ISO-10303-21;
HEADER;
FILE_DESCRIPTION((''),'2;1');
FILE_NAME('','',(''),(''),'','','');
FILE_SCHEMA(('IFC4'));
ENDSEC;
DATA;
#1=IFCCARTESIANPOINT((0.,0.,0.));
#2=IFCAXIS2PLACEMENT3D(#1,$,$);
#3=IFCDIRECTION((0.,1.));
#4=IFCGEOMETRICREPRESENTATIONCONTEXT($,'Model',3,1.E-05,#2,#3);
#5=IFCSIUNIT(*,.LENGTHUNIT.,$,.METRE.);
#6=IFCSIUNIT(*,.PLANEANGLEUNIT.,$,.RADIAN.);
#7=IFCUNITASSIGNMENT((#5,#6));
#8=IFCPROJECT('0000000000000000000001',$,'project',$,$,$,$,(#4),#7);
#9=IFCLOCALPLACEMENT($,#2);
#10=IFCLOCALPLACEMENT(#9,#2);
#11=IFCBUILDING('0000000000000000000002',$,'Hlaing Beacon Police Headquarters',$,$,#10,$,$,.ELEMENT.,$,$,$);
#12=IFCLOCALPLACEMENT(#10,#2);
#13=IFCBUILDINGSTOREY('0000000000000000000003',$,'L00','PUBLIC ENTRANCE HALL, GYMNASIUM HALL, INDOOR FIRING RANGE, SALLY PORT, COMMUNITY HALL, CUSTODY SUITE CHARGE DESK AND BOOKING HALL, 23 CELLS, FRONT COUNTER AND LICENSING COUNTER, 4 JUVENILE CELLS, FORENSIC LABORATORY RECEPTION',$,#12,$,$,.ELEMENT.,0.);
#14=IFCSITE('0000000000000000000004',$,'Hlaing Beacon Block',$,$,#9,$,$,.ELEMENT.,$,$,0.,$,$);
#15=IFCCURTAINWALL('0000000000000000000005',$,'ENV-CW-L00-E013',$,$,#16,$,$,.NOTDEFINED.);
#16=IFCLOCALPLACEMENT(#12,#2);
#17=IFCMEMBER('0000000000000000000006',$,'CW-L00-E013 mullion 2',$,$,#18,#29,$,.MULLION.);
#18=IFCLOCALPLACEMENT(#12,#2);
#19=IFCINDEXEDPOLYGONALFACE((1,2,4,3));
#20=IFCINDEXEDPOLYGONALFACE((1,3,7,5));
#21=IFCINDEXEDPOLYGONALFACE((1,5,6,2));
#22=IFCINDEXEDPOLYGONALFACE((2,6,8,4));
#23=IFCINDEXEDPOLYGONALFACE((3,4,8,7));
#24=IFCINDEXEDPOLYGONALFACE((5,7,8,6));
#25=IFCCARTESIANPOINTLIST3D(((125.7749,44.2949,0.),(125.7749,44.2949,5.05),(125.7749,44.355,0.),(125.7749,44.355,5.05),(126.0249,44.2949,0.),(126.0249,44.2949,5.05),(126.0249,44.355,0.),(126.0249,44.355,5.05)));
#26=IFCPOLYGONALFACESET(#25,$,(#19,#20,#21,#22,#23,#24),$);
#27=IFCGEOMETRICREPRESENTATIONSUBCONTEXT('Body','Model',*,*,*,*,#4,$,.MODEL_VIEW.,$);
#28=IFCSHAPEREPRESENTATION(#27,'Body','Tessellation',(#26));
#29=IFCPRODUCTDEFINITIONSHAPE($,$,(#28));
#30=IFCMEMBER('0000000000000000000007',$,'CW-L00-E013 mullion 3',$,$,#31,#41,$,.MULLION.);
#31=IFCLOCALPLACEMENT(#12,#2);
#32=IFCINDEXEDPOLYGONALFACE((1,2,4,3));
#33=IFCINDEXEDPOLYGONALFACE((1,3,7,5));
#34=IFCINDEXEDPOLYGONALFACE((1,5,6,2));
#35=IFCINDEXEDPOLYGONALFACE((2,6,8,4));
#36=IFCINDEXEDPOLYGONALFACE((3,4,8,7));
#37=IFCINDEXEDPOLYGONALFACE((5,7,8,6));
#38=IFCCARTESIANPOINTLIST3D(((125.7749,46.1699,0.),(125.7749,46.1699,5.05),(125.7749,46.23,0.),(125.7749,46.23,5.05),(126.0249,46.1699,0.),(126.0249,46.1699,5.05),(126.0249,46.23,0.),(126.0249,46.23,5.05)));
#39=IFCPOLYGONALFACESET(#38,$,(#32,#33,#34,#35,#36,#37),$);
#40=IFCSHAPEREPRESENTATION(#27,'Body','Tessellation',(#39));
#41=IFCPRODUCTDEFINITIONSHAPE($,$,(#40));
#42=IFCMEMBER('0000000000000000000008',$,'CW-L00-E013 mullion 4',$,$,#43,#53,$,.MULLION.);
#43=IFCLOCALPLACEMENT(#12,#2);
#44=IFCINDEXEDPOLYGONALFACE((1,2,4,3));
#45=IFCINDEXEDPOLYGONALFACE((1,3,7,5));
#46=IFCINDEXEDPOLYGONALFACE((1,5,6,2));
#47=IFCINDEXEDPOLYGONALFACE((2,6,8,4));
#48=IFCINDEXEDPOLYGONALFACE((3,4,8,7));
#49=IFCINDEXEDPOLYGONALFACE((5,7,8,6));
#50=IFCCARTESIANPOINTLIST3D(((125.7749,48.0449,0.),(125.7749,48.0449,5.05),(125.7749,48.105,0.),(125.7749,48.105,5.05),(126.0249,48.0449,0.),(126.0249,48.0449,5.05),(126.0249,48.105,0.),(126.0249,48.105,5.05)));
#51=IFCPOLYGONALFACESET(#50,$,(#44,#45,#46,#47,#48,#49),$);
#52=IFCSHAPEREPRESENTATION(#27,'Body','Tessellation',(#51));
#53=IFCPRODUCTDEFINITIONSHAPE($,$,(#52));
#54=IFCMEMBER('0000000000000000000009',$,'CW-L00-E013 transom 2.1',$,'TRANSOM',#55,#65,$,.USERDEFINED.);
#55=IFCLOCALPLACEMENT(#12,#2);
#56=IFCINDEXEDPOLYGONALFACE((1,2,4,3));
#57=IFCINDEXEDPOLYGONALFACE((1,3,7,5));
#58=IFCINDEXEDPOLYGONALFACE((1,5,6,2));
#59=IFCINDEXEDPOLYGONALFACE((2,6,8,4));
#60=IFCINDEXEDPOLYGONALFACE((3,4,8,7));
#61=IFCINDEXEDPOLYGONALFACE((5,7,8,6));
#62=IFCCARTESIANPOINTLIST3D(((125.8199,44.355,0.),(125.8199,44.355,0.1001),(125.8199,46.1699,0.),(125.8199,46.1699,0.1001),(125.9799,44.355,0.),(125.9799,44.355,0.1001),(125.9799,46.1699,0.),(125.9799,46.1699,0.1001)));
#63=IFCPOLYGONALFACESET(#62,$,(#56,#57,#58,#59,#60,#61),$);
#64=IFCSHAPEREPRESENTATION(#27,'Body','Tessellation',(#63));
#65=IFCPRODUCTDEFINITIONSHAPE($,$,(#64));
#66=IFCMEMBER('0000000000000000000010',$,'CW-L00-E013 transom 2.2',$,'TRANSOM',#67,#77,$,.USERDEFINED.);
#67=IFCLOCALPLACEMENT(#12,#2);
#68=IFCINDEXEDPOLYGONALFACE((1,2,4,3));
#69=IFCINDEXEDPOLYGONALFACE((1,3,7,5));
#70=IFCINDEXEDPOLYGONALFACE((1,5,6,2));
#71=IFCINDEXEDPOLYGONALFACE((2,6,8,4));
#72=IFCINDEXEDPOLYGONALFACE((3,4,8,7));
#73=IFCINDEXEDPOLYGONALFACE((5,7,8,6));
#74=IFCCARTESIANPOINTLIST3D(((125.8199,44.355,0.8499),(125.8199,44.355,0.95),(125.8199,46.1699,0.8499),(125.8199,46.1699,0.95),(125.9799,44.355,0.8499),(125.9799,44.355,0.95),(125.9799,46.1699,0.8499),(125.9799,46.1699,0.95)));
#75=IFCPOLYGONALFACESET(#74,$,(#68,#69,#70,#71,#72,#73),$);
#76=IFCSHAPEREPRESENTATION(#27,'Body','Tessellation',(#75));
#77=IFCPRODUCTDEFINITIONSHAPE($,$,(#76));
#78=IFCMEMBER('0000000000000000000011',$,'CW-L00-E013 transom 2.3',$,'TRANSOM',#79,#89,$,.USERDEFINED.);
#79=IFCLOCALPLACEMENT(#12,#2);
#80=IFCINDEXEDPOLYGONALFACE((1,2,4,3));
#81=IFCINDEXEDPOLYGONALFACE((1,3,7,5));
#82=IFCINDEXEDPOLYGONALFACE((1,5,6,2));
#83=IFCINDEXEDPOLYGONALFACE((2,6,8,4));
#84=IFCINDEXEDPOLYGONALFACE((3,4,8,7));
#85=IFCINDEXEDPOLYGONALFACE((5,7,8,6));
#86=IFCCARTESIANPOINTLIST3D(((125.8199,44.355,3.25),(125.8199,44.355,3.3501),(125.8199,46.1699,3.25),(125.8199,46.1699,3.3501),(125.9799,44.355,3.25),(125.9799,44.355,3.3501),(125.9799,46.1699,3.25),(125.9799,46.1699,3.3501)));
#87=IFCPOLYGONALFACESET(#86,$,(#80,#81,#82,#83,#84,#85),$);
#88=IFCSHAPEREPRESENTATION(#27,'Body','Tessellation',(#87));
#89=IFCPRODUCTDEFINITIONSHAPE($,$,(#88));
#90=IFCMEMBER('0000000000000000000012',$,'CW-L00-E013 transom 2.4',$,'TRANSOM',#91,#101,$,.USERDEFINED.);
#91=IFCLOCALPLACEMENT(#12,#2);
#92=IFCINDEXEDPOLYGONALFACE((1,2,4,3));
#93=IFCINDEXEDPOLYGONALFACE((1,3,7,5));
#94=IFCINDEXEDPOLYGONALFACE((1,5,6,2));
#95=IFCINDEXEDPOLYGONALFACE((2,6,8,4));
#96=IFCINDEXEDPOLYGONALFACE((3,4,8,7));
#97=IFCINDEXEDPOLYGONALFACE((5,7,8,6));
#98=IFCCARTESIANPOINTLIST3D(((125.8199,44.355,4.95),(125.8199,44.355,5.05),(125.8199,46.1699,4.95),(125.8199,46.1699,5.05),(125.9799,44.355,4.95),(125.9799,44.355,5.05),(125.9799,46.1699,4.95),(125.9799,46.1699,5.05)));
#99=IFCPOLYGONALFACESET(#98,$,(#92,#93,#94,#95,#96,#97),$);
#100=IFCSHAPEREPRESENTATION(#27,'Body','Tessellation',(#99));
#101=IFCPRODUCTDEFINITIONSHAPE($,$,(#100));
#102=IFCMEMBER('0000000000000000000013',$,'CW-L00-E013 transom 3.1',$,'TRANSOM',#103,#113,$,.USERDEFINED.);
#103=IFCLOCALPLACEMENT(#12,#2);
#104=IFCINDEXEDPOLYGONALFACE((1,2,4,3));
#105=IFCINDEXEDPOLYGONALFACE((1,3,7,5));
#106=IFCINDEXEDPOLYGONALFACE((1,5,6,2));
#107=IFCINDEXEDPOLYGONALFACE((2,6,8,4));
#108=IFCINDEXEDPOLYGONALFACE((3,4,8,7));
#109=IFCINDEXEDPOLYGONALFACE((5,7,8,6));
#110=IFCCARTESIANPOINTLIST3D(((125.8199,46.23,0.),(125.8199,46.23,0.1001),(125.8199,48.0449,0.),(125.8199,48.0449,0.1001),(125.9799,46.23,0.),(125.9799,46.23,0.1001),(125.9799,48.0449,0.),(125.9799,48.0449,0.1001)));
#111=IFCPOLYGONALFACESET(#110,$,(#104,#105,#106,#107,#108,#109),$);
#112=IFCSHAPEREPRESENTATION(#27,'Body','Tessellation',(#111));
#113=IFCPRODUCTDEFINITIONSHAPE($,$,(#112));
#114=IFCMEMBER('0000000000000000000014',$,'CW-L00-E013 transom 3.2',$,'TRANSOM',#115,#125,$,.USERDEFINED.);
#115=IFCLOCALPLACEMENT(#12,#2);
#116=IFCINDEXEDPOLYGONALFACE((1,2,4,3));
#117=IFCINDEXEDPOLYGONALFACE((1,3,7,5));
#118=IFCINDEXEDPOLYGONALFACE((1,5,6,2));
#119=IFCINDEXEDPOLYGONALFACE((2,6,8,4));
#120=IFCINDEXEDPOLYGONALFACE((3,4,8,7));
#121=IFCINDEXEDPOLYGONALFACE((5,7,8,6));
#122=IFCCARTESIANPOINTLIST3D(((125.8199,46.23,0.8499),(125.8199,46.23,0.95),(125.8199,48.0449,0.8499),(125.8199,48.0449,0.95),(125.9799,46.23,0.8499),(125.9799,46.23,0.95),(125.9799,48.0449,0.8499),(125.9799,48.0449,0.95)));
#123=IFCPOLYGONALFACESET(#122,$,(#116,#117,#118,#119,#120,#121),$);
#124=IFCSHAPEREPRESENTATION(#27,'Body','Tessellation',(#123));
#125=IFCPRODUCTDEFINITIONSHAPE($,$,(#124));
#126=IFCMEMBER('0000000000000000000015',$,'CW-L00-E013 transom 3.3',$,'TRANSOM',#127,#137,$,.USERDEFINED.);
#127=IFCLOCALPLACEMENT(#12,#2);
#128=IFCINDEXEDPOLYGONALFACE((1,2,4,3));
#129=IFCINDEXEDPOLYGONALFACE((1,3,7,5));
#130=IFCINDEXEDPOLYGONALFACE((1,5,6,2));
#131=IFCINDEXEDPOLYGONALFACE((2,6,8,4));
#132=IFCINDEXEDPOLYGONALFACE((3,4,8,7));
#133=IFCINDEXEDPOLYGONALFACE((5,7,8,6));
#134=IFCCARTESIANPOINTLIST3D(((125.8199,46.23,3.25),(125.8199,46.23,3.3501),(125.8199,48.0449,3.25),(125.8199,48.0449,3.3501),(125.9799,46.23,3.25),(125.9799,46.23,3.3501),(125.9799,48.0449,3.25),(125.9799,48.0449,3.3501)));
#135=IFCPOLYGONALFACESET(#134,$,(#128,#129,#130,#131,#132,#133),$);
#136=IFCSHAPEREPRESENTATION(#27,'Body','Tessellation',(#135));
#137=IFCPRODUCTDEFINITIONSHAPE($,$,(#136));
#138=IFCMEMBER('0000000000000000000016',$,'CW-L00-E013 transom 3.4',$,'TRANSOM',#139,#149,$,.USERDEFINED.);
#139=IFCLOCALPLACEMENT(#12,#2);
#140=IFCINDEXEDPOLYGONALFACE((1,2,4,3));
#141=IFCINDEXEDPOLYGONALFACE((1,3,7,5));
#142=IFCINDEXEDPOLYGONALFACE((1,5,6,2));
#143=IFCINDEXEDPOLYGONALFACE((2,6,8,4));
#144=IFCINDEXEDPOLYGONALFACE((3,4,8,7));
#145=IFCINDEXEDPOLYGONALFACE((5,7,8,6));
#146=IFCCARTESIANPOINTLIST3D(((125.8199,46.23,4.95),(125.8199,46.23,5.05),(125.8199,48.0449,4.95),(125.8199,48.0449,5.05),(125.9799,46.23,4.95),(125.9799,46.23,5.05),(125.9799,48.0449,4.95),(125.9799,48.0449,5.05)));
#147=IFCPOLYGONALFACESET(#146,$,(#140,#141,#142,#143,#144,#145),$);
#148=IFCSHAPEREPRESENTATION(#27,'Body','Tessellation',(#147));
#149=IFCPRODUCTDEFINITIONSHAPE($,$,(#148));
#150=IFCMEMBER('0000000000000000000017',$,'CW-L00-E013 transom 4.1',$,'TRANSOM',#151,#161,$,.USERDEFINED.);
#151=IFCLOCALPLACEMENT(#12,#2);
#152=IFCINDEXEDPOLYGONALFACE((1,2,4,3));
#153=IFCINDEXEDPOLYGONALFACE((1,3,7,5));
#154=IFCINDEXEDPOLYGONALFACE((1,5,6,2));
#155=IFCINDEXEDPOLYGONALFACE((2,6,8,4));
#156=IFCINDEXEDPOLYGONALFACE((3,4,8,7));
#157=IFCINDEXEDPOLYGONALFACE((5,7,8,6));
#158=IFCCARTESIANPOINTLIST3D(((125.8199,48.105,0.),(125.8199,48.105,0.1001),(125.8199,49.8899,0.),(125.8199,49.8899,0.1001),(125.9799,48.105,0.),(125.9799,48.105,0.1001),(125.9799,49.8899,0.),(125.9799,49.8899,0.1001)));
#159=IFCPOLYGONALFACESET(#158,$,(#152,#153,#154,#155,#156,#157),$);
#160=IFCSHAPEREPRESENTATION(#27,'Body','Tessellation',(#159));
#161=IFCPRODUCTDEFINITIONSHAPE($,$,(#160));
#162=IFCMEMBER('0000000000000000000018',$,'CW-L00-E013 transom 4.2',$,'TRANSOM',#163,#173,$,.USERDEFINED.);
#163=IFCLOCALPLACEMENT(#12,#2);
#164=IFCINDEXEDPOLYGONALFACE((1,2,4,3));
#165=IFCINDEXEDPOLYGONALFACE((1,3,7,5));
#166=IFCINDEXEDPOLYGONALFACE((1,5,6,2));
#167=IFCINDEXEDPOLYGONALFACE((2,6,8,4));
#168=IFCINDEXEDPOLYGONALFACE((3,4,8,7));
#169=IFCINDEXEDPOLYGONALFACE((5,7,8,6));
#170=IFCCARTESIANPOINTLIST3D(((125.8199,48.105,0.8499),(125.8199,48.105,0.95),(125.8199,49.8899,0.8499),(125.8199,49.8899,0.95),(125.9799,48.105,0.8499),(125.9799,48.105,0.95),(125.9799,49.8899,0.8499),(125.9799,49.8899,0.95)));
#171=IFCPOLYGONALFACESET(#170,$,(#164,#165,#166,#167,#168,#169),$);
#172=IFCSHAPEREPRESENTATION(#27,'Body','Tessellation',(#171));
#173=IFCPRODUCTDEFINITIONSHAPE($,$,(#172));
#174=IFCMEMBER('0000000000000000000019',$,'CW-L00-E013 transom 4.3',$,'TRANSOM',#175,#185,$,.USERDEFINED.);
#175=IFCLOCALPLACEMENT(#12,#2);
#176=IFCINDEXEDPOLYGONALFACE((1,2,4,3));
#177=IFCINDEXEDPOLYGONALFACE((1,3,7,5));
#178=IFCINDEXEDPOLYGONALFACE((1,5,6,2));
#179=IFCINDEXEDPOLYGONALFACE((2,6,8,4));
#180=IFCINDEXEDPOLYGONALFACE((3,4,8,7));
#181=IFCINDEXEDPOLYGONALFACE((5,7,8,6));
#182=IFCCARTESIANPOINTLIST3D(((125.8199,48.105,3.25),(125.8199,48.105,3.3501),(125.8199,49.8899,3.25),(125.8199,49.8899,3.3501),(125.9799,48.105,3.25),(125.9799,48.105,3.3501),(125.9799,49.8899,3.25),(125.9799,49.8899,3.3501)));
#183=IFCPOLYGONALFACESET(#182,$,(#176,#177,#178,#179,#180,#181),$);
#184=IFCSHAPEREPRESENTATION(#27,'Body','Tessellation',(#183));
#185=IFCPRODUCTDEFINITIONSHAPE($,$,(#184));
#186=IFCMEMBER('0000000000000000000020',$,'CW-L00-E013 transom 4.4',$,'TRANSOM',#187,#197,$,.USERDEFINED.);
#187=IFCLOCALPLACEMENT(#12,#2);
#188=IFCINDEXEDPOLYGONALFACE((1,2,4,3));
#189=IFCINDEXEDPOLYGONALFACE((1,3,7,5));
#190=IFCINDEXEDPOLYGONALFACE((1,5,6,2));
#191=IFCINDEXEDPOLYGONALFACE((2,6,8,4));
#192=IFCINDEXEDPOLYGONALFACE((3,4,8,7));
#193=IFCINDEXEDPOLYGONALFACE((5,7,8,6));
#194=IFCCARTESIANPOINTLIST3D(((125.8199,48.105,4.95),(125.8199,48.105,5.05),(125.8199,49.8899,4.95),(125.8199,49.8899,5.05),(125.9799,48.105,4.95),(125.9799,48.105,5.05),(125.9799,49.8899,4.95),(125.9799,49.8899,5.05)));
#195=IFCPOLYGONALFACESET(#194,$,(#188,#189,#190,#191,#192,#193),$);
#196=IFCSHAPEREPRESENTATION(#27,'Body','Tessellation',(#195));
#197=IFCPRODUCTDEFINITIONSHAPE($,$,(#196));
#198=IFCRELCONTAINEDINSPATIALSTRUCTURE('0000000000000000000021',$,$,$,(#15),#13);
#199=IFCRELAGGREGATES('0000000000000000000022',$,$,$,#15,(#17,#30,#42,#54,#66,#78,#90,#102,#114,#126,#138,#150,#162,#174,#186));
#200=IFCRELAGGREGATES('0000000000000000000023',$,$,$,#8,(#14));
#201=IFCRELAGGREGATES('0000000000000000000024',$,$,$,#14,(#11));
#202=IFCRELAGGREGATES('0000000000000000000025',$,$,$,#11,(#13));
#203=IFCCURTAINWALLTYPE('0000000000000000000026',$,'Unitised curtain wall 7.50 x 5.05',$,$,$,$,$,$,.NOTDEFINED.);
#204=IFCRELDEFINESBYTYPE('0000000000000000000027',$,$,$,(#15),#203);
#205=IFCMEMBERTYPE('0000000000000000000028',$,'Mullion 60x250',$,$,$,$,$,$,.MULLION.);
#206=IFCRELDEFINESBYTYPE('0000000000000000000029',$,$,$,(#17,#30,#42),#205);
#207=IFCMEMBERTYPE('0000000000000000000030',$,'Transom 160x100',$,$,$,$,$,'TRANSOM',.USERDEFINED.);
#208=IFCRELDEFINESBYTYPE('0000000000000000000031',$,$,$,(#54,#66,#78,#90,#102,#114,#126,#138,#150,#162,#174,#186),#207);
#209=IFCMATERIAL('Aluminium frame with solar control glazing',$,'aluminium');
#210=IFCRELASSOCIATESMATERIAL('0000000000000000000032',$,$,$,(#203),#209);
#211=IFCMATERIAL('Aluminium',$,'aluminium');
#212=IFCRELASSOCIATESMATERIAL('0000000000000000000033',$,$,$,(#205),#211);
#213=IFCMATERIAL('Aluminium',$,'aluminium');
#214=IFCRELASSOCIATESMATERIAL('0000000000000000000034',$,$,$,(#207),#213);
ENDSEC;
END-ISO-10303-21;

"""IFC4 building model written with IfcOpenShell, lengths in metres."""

from ifc_helpers import new_model, si_unit, direction, frame, origin, origin_2d, place, context, subcontext, project, spatial, rectangle, extrude, material, material_profile, profile_set, type_object, element, aggregate, save


model = new_model("IFC4")

# Units and contexts
model_context = context("Model", 3, precision=1e-05, world=origin(), true_north=direction((0.0, 1.0)))
body_context = subcontext(model_context, "Body", "Model", "MODEL_VIEW")
ifc_project = project(units=[si_unit("LENGTHUNIT", "METRE"), si_unit("PLANEANGLEUNIT", "RADIAN")], contexts=[model_context])

# Site, building, storey
site_placement = place(None, origin())
site = spatial("IfcSite", under=ifc_project, at=site_placement, Name="Hlaing Beacon Block", CompositionType="ELEMENT", RefElevation=0.0)
building_placement = place(site_placement, origin())
building = spatial("IfcBuilding", under=site, at=building_placement, Name="Hlaing Beacon Police Headquarters", CompositionType="ELEMENT")
storey_placement = place(building_placement, origin())
storey = spatial("IfcBuildingStorey", under=building, at=storey_placement, Name="L00", Description="PUBLIC ENTRANCE HALL, GYMNASIUM HALL, INDOOR FIRING RANGE, SALLY PORT, COMMUNITY HALL, CUSTODY SUITE CHARGE DESK AND BOOKING HALL, 23 CELLS, FRONT COUNTER AND LICENSING COUNTER, 4 JUVENILE CELLS, FORENSIC LABORATORY RECEPTION", CompositionType="ELEMENT", Elevation=0.0)

# Curtain wall, members
ifc_material_1 = material(Name="Aluminium frame with solar control glazing", Category="aluminium")
curtain_wall_type = type_object("IfcCurtainWallType", Name="Unitised curtain wall 7.50 x 5.05", PredefinedType="NOTDEFINED", material=ifc_material_1)
curtain_wall_placement = place(storey_placement, origin())
curtain_wall = element("IfcCurtainWall", 1, at=curtain_wall_placement, inside=storey, type_object=curtain_wall_type, Name="ENV-CW-L00-E013", PredefinedType="NOTDEFINED")
ifc_material_2 = material(Name="Aluminium", Category="aluminium")
ifc_material_profile_1 = material_profile(ifc_material_2, rectangle(XDim=0.25, YDim=0.0601, at=origin_2d()), Name="Mullion 60x250")
ifc_profile_set_1 = profile_set([ifc_material_profile_1], Name="Aluminium")
member_type_1 = type_object("IfcMemberType", Name="Mullion 60x250", PredefinedType="MULLION", material=ifc_profile_set_1)
member_1_placement = place(storey_placement, frame((125.8999, 44.325, 0.0), z_axis=(0.0, 0.0, 1.0), x_axis=(-1.0, 0.0, 0.0)))
member_1 = element("IfcMember", 2, at=member_1_placement, type_object=member_type_1, Name="CW-L00-E013 mullion 2", PredefinedType="MULLION", context=body_context, shape_type="SweptSolid", body=[
    extrude(rectangle(XDim=0.25, YDim=0.0601, at=origin_2d()), origin(), (0.0, 0.0, 1.0), 5.05),
])
member_2_placement = place(storey_placement, frame((125.8999, 46.2, 0.0), z_axis=(0.0, 0.0, 1.0), x_axis=(-1.0, 0.0, 0.0)))
member_2 = element("IfcMember", 3, at=member_2_placement, type_object=member_type_1, Name="CW-L00-E013 mullion 3", PredefinedType="MULLION", context=body_context, shape_type="SweptSolid", body=[
    extrude(rectangle(XDim=0.25, YDim=0.0601, at=origin_2d()), origin(), (0.0, 0.0, 1.0), 5.05),
])
member_3_placement = place(storey_placement, frame((125.8999, 48.075, 0.0), z_axis=(0.0, 0.0, 1.0), x_axis=(-1.0, 0.0, 0.0)))
member_3 = element("IfcMember", 4, at=member_3_placement, type_object=member_type_1, Name="CW-L00-E013 mullion 4", PredefinedType="MULLION", context=body_context, shape_type="SweptSolid", body=[
    extrude(rectangle(XDim=0.25, YDim=0.0601, at=origin_2d()), origin(), (0.0, 0.0, 1.0), 5.05),
])
ifc_material_3 = material(Name="Aluminium", Category="aluminium")
ifc_material_profile_2 = material_profile(ifc_material_3, rectangle(XDim=0.1599, YDim=0.1001, at=origin_2d()), Name="Transom 160x100")
ifc_profile_set_2 = profile_set([ifc_material_profile_2], Name="Aluminium")
member_type_2 = type_object("IfcMemberType", Name="Transom 160x100", ElementType="TRANSOM", PredefinedType="USERDEFINED", material=ifc_profile_set_2)
member_4_placement = place(storey_placement, frame((125.8999, 44.355, 0.05), z_axis=(0.0, 1.0, 0.0), x_axis=(-1.0, 0.0, 0.0)))
member_4 = element("IfcMember", 5, at=member_4_placement, type_object=member_type_2, Name="CW-L00-E013 transom 2.1", ObjectType="TRANSOM", PredefinedType="USERDEFINED", context=body_context, shape_type="SweptSolid", body=[
    extrude(rectangle(XDim=0.1599, YDim=0.1001, at=origin_2d()), origin(), (0.0, 0.0, 1.0), 1.8149),
])
member_5_placement = place(storey_placement, frame((125.8999, 44.355, 0.8999), z_axis=(0.0, 1.0, 0.0), x_axis=(-1.0, 0.0, 0.0)))
member_5 = element("IfcMember", 6, at=member_5_placement, type_object=member_type_2, Name="CW-L00-E013 transom 2.2", ObjectType="TRANSOM", PredefinedType="USERDEFINED", context=body_context, shape_type="SweptSolid", body=[
    extrude(rectangle(XDim=0.1599, YDim=0.1001, at=origin_2d()), origin(), (0.0, 0.0, 1.0), 1.8149),
])
member_6_placement = place(storey_placement, frame((125.8999, 44.355, 3.3), z_axis=(0.0, 1.0, 0.0), x_axis=(-1.0, 0.0, 0.0)))
member_6 = element("IfcMember", 7, at=member_6_placement, type_object=member_type_2, Name="CW-L00-E013 transom 2.3", ObjectType="TRANSOM", PredefinedType="USERDEFINED", context=body_context, shape_type="SweptSolid", body=[
    extrude(rectangle(XDim=0.1599, YDim=0.1001, at=origin_2d()), origin(), (0.0, 0.0, 1.0), 1.8149),
])
member_7_placement = place(storey_placement, frame((125.8999, 44.355, 5.0), z_axis=(0.0, 1.0, 0.0), x_axis=(-1.0, 0.0, 0.0)))
member_7 = element("IfcMember", 8, at=member_7_placement, type_object=member_type_2, Name="CW-L00-E013 transom 2.4", ObjectType="TRANSOM", PredefinedType="USERDEFINED", context=body_context, shape_type="SweptSolid", body=[
    extrude(rectangle(XDim=0.1599, YDim=0.1001, at=origin_2d()), origin(), (0.0, 0.0, 1.0), 1.8149),
])
member_8_placement = place(storey_placement, frame((125.8999, 46.23, 0.05), z_axis=(0.0, 1.0, 0.0), x_axis=(-1.0, 0.0, 0.0)))
member_8 = element("IfcMember", 9, at=member_8_placement, type_object=member_type_2, Name="CW-L00-E013 transom 3.1", ObjectType="TRANSOM", PredefinedType="USERDEFINED", context=body_context, shape_type="SweptSolid", body=[
    extrude(rectangle(XDim=0.1599, YDim=0.1001, at=origin_2d()), origin(), (0.0, 0.0, 1.0), 1.8149),
])
member_9_placement = place(storey_placement, frame((125.8999, 46.23, 0.8999), z_axis=(0.0, 1.0, 0.0), x_axis=(-1.0, 0.0, 0.0)))
member_9 = element("IfcMember", 10, at=member_9_placement, type_object=member_type_2, Name="CW-L00-E013 transom 3.2", ObjectType="TRANSOM", PredefinedType="USERDEFINED", context=body_context, shape_type="SweptSolid", body=[
    extrude(rectangle(XDim=0.1599, YDim=0.1001, at=origin_2d()), origin(), (0.0, 0.0, 1.0), 1.8149),
])
member_10_placement = place(storey_placement, frame((125.8999, 46.23, 3.3), z_axis=(0.0, 1.0, 0.0), x_axis=(-1.0, 0.0, 0.0)))
member_10 = element("IfcMember", 11, at=member_10_placement, type_object=member_type_2, Name="CW-L00-E013 transom 3.3", ObjectType="TRANSOM", PredefinedType="USERDEFINED", context=body_context, shape_type="SweptSolid", body=[
    extrude(rectangle(XDim=0.1599, YDim=0.1001, at=origin_2d()), origin(), (0.0, 0.0, 1.0), 1.8149),
])
member_11_placement = place(storey_placement, frame((125.8999, 46.23, 5.0), z_axis=(0.0, 1.0, 0.0), x_axis=(-1.0, 0.0, 0.0)))
member_11 = element("IfcMember", 12, at=member_11_placement, type_object=member_type_2, Name="CW-L00-E013 transom 3.4", ObjectType="TRANSOM", PredefinedType="USERDEFINED", context=body_context, shape_type="SweptSolid", body=[
    extrude(rectangle(XDim=0.1599, YDim=0.1001, at=origin_2d()), origin(), (0.0, 0.0, 1.0), 1.8149),
])
member_12_placement = place(storey_placement, frame((125.8999, 48.105, 0.05), z_axis=(0.0, 1.0, 0.0), x_axis=(-1.0, 0.0, 0.0)))
member_12 = element("IfcMember", 13, at=member_12_placement, type_object=member_type_2, Name="CW-L00-E013 transom 4.1", ObjectType="TRANSOM", PredefinedType="USERDEFINED", context=body_context, shape_type="SweptSolid", body=[
    extrude(rectangle(XDim=0.1599, YDim=0.1001, at=origin_2d()), origin(), (0.0, 0.0, 1.0), 1.7849),
])
member_13_placement = place(storey_placement, frame((125.8999, 48.105, 0.8999), z_axis=(0.0, 1.0, 0.0), x_axis=(-1.0, 0.0, 0.0)))
member_13 = element("IfcMember", 14, at=member_13_placement, type_object=member_type_2, Name="CW-L00-E013 transom 4.2", ObjectType="TRANSOM", PredefinedType="USERDEFINED", context=body_context, shape_type="SweptSolid", body=[
    extrude(rectangle(XDim=0.1599, YDim=0.1001, at=origin_2d()), origin(), (0.0, 0.0, 1.0), 1.7849),
])
member_14_placement = place(storey_placement, frame((125.8999, 48.105, 3.3), z_axis=(0.0, 1.0, 0.0), x_axis=(-1.0, 0.0, 0.0)))
member_14 = element("IfcMember", 15, at=member_14_placement, type_object=member_type_2, Name="CW-L00-E013 transom 4.3", ObjectType="TRANSOM", PredefinedType="USERDEFINED", context=body_context, shape_type="SweptSolid", body=[
    extrude(rectangle(XDim=0.1599, YDim=0.1001, at=origin_2d()), origin(), (0.0, 0.0, 1.0), 1.7849),
])
member_15_placement = place(storey_placement, frame((125.8999, 48.105, 5.0), z_axis=(0.0, 1.0, 0.0), x_axis=(-1.0, 0.0, 0.0)))
member_15 = element("IfcMember", 16, at=member_15_placement, type_object=member_type_2, Name="CW-L00-E013 transom 4.4", ObjectType="TRANSOM", PredefinedType="USERDEFINED", context=body_context, shape_type="SweptSolid", body=[
    extrude(rectangle(XDim=0.1599, YDim=0.1001, at=origin_2d()), origin(), (0.0, 0.0, 1.0), 1.7849),
])
aggregate(curtain_wall, [member_1, member_2, member_3, member_4, member_5, member_6, member_7, member_8, member_9, member_10, member_11, member_12, member_13, member_14, member_15])

save(model, "model.ifc")
